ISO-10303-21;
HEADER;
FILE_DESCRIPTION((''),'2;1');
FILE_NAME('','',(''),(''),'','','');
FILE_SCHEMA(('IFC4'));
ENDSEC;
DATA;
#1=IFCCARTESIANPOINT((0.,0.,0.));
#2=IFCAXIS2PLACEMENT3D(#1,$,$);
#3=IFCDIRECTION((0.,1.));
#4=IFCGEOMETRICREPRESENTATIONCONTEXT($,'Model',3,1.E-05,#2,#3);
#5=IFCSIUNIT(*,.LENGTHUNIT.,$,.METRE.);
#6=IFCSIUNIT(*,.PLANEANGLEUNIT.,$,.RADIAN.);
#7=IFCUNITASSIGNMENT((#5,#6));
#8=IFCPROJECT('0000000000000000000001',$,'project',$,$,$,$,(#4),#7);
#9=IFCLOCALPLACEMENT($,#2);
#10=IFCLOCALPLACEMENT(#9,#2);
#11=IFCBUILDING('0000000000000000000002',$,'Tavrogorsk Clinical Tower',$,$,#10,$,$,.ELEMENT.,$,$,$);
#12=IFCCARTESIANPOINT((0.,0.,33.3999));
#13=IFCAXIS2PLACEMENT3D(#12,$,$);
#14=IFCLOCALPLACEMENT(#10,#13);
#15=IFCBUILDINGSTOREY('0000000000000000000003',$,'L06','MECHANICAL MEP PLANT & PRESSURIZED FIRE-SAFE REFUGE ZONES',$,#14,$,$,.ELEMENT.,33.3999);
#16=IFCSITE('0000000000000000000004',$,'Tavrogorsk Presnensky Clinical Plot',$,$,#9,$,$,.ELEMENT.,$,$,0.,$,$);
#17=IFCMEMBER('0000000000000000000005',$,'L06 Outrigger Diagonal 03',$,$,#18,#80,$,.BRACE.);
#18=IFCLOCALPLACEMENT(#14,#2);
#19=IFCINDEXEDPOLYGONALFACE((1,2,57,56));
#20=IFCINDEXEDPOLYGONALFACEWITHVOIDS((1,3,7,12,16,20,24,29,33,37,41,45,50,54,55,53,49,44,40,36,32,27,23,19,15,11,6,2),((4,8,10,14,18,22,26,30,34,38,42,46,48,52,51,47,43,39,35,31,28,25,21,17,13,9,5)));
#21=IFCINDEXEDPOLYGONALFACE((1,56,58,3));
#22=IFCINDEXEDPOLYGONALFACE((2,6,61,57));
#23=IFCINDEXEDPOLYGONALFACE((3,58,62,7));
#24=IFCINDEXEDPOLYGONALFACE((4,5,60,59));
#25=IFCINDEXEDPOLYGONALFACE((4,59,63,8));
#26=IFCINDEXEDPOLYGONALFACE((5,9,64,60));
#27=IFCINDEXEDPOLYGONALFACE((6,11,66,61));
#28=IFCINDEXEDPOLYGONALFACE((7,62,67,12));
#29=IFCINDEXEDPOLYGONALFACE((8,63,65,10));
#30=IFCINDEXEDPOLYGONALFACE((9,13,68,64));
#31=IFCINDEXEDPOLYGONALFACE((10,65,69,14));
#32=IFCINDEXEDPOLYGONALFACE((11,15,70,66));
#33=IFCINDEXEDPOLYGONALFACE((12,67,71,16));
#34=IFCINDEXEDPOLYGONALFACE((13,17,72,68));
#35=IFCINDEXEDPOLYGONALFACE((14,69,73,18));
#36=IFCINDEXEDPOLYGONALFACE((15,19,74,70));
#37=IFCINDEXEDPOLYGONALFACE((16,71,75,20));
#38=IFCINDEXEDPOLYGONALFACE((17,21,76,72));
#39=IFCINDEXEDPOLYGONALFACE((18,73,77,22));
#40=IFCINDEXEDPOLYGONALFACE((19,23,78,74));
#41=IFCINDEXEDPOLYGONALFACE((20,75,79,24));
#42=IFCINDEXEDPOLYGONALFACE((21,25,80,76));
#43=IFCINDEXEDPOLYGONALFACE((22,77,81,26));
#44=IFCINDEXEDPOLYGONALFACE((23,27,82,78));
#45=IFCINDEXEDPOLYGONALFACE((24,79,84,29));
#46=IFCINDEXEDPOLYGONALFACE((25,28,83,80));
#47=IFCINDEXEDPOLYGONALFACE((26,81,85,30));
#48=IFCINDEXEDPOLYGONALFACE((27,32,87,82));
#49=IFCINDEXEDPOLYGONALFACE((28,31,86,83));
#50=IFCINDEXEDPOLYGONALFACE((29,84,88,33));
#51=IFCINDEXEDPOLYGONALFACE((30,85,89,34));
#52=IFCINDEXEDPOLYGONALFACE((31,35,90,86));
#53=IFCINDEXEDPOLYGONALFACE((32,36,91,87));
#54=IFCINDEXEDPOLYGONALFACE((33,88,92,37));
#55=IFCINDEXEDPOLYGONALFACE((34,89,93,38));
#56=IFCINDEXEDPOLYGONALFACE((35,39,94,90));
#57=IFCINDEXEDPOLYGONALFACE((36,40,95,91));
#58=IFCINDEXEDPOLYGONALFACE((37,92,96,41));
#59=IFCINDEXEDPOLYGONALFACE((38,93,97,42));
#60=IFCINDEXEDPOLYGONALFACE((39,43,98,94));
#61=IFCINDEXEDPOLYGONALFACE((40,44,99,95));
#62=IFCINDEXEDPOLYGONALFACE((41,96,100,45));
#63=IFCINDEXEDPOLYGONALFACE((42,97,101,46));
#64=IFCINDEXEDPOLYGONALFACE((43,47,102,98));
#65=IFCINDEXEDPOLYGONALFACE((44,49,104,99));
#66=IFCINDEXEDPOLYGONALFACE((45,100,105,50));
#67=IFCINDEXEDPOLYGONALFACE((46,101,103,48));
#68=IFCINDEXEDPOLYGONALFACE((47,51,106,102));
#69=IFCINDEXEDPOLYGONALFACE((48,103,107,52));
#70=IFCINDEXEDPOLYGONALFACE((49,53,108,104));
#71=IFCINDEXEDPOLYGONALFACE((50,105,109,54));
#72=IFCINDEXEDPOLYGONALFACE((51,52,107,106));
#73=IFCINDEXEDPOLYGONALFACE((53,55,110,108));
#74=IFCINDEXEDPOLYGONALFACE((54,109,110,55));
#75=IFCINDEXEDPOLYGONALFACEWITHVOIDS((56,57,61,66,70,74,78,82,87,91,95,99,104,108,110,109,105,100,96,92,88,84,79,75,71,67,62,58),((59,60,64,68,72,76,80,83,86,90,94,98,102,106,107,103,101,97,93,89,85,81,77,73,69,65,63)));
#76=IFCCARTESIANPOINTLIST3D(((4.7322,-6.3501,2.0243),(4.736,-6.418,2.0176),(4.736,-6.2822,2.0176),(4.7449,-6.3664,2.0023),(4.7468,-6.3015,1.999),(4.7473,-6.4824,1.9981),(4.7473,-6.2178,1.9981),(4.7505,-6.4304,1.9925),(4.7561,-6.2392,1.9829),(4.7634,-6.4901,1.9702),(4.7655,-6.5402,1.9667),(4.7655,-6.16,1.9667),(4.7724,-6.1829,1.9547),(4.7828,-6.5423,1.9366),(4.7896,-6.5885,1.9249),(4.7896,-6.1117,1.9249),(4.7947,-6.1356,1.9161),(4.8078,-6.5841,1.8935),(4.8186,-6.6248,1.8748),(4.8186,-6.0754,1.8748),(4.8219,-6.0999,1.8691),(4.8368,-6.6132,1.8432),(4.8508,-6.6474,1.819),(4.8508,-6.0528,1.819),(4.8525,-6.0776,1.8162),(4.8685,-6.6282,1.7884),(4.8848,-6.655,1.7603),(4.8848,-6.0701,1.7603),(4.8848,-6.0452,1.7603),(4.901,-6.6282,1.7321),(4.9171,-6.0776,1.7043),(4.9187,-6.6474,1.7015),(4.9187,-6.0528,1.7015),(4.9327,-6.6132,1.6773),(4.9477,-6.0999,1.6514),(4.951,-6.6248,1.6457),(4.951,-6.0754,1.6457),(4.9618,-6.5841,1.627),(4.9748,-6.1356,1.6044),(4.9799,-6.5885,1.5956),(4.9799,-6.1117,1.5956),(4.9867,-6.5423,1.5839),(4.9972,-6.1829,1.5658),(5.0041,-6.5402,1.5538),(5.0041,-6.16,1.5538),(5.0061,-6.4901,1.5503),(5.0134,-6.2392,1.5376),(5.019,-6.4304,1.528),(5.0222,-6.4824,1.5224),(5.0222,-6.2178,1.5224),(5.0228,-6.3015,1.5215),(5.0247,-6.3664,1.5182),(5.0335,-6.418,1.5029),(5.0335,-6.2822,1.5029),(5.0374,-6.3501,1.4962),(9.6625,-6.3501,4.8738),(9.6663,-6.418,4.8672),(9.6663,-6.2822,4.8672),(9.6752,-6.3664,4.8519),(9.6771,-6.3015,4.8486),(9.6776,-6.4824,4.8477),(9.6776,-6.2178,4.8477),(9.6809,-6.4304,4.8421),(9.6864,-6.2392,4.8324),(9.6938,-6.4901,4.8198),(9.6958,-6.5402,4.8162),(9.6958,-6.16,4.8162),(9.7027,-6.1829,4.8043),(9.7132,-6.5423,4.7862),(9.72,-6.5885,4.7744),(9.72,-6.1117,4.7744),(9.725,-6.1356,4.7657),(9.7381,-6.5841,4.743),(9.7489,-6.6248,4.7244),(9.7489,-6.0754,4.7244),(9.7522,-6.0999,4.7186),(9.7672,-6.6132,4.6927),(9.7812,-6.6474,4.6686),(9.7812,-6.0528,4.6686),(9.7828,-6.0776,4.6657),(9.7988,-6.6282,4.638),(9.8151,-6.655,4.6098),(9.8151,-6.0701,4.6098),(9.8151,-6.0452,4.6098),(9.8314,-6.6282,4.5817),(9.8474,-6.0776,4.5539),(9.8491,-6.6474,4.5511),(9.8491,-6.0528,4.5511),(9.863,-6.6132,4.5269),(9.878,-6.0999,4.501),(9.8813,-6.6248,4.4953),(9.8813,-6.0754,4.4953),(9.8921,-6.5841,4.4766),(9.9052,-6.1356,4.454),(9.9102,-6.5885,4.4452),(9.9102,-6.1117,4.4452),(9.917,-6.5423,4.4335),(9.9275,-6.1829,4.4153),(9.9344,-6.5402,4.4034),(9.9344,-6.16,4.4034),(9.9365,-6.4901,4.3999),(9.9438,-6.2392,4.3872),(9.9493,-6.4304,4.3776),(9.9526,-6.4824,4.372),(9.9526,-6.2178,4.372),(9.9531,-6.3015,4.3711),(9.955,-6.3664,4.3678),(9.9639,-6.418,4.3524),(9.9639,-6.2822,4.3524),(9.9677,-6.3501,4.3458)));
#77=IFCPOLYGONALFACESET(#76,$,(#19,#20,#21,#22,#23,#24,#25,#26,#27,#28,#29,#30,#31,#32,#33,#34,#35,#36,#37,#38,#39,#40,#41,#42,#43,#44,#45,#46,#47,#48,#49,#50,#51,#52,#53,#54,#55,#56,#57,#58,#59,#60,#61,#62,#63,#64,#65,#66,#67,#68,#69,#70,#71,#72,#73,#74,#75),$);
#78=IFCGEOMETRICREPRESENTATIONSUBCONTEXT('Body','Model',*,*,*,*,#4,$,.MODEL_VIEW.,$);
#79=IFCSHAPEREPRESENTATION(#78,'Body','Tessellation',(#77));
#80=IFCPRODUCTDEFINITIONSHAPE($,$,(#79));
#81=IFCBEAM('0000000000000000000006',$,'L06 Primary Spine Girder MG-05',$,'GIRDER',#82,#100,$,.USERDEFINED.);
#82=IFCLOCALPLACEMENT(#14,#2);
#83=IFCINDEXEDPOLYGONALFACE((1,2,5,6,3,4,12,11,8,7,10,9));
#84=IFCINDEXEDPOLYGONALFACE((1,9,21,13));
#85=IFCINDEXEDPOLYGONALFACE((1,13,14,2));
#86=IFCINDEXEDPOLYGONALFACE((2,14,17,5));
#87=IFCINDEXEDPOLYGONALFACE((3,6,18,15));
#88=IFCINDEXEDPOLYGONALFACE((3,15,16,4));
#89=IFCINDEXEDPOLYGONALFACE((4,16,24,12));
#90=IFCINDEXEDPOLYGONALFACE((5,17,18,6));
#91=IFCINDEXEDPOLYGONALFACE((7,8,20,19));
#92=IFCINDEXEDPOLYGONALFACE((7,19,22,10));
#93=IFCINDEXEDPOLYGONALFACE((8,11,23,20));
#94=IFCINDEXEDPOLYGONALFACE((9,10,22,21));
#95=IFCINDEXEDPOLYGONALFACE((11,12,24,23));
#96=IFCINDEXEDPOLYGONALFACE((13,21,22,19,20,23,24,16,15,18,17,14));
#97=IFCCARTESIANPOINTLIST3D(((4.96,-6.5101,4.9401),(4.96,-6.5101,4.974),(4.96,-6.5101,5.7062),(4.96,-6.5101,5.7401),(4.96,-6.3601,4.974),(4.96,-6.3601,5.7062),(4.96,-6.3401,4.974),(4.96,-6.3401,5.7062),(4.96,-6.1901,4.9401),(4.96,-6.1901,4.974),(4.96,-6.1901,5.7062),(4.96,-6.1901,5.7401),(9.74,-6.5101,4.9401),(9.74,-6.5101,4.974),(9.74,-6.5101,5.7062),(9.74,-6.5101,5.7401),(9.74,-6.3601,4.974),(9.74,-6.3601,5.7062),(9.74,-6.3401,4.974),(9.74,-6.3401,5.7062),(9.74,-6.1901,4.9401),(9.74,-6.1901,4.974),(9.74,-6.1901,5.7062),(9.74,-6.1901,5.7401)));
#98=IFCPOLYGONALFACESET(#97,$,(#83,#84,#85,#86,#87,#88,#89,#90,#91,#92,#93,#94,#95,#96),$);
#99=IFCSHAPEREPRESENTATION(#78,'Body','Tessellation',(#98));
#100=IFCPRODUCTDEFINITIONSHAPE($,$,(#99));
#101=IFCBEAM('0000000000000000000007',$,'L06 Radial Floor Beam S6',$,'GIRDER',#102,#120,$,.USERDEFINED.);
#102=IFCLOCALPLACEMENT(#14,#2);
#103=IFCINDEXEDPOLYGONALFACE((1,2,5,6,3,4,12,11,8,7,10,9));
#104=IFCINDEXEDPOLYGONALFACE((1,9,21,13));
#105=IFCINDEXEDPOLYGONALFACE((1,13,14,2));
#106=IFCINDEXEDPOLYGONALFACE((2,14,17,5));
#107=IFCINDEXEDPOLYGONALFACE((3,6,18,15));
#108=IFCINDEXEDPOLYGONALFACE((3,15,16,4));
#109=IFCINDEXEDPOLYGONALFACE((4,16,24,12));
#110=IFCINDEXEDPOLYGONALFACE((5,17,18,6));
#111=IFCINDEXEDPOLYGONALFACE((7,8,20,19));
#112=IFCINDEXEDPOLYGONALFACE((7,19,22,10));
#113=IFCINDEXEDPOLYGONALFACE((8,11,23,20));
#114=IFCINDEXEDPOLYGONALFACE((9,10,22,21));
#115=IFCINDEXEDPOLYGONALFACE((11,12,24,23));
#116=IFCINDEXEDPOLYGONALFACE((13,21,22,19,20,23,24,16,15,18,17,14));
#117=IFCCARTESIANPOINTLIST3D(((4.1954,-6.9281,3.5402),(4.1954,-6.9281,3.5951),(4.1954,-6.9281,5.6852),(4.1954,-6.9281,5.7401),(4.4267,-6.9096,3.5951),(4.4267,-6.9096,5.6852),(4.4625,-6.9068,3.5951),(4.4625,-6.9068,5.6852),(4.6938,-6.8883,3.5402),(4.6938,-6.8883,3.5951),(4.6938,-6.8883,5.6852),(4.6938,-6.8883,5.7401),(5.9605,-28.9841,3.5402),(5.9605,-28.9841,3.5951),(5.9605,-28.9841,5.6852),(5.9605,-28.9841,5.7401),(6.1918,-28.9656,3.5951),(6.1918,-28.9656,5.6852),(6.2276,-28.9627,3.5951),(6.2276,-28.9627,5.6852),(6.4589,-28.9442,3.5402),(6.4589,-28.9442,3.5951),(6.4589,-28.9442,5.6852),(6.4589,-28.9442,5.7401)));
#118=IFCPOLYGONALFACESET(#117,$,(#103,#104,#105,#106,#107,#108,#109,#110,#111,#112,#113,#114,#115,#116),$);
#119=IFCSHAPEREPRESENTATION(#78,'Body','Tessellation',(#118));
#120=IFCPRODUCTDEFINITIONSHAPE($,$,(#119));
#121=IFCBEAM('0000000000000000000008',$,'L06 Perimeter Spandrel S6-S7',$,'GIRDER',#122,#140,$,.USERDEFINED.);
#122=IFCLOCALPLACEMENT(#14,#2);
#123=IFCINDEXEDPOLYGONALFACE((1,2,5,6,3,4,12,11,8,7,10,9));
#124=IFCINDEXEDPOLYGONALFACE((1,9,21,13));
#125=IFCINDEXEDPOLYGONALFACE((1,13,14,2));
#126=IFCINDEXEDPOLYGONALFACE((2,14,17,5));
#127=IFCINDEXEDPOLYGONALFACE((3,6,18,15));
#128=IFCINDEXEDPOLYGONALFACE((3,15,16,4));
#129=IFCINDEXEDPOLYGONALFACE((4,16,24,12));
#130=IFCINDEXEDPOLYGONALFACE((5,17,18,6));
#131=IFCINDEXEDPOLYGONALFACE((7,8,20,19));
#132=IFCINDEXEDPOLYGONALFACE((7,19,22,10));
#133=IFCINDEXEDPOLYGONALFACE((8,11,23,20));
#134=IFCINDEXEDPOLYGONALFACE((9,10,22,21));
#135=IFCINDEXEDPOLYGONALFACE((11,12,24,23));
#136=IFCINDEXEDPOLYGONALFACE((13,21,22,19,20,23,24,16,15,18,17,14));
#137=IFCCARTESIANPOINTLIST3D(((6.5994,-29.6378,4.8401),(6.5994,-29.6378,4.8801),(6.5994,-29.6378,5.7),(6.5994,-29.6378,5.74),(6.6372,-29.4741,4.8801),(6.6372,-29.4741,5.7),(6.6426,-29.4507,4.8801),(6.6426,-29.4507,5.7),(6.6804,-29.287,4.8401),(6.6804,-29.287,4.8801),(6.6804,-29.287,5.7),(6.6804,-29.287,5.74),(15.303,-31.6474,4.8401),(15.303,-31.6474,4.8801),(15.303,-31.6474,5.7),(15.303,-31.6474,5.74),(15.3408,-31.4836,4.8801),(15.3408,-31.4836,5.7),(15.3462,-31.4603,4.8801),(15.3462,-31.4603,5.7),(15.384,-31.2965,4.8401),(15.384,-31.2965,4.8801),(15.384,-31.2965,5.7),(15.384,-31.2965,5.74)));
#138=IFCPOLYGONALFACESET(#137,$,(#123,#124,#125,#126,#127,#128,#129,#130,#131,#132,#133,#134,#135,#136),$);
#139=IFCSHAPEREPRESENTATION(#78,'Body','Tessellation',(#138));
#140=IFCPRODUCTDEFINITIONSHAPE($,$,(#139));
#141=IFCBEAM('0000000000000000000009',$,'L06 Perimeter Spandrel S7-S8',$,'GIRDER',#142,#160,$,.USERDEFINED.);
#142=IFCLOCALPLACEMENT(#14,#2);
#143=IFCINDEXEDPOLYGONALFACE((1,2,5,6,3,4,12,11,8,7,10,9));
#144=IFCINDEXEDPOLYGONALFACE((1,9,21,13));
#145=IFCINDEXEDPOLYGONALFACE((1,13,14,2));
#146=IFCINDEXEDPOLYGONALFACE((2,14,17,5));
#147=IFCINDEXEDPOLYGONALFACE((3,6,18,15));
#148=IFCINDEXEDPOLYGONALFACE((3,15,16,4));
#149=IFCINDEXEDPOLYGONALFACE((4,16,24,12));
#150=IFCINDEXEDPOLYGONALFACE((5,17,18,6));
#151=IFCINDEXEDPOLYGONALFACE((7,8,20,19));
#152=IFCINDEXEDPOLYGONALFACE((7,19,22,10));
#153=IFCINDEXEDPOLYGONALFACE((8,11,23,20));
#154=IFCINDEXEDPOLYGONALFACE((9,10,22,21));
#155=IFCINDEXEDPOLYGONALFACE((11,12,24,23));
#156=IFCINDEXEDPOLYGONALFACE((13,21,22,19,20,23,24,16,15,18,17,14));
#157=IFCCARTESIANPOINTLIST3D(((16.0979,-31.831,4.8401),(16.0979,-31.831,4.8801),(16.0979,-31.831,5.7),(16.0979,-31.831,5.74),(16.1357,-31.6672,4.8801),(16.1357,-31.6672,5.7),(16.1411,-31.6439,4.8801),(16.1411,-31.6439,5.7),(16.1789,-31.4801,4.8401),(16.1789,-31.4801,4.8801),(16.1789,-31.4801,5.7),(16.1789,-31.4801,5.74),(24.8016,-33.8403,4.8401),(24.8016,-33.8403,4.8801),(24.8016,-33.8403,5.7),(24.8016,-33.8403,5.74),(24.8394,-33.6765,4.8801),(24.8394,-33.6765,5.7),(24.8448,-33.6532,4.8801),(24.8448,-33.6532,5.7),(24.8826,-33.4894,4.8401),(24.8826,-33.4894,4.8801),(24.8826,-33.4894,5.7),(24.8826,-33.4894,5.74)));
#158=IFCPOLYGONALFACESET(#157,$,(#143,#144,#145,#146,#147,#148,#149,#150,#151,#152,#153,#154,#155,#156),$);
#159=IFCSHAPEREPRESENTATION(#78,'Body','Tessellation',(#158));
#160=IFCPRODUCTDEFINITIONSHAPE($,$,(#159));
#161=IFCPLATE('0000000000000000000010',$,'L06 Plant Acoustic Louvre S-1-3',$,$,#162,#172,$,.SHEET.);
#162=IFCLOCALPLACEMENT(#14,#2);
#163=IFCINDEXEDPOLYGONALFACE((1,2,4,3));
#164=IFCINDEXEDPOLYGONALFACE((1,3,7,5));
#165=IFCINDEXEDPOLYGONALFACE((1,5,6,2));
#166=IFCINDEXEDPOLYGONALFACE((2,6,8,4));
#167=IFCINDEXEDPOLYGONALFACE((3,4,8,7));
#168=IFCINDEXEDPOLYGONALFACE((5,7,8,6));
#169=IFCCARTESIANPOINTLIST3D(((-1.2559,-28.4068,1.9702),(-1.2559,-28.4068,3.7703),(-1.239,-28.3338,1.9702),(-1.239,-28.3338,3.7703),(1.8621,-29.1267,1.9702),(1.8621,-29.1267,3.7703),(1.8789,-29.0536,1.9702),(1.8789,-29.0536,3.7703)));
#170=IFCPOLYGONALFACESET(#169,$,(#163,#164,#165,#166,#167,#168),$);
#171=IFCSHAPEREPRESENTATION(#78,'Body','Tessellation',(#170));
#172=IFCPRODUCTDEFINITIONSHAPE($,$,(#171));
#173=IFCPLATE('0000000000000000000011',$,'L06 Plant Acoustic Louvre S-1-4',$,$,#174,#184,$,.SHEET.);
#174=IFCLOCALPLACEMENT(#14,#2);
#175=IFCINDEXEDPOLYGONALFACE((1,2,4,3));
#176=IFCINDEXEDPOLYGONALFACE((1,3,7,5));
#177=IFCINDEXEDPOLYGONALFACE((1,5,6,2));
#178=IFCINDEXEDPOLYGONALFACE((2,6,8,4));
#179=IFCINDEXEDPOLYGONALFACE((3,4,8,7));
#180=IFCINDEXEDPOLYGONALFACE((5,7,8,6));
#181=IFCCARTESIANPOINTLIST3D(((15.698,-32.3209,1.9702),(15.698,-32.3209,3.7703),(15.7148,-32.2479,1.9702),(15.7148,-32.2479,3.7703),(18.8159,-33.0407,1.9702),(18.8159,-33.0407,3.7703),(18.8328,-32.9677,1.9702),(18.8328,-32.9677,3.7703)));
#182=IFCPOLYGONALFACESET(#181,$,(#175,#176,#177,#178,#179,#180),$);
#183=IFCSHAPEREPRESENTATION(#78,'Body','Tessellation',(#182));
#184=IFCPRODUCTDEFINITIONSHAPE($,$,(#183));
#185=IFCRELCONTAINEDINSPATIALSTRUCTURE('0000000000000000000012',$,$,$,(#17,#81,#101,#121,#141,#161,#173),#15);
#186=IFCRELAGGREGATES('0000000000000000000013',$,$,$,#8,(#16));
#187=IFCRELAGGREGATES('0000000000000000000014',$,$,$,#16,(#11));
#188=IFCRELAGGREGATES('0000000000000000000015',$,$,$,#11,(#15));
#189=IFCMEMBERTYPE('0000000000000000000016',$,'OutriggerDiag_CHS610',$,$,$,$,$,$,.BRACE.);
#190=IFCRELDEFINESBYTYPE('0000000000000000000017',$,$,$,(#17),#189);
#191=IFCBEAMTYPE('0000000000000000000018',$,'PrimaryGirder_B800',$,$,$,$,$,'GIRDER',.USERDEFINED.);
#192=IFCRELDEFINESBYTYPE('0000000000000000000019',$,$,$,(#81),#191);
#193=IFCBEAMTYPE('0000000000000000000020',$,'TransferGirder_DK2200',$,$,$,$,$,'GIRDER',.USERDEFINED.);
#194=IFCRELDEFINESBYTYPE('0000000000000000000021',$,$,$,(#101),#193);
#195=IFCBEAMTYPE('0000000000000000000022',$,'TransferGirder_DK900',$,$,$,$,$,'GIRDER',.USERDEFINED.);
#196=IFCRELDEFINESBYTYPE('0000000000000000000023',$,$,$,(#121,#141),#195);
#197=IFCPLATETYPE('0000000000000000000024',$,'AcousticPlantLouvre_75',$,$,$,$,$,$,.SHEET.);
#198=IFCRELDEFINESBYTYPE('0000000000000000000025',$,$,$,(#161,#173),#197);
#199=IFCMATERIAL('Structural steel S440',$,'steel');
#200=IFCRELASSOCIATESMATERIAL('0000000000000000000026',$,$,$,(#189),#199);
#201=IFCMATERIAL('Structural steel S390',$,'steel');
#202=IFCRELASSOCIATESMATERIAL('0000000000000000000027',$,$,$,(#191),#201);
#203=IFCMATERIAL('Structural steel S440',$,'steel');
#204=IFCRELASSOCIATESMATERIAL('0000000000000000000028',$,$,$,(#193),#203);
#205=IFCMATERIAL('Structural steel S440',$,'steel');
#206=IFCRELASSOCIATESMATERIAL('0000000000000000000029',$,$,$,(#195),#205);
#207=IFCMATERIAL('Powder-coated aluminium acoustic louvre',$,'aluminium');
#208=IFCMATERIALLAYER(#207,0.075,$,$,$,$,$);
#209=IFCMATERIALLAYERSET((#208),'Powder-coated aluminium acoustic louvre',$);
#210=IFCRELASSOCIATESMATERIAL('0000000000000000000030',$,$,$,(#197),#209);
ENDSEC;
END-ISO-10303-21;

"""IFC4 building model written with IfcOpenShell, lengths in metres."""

from ifc_helpers import new_model, si_unit, direction, frame, origin, origin_2d, place, context, subcontext, project, spatial, rectangle, hollow_circle, i_section, extrude, material, layer, layer_set, material_profile, profile_set, type_object, element, save


model = new_model("IFC4")

# Units and contexts
model_context = context("Model", 3, precision=1e-05, world=origin(), true_north=direction((0.0, 1.0)))
body_context = subcontext(model_context, "Body", "Model", "MODEL_VIEW")
ifc_project = project(units=[si_unit("LENGTHUNIT", "METRE"), si_unit("PLANEANGLEUNIT", "RADIAN")], contexts=[model_context])

# Site, building, storey
site_placement = place(None, origin())
site = spatial("IfcSite", under=ifc_project, at=site_placement, Name="Tavrogorsk Presnensky Clinical Plot", CompositionType="ELEMENT", RefElevation=0.0)
building_placement = place(site_placement, origin())
building = spatial("IfcBuilding", under=site, at=building_placement, Name="Tavrogorsk Clinical Tower", CompositionType="ELEMENT")
storey_placement = place(building_placement, frame((0.0, 0.0, 33.3999)))
storey = spatial("IfcBuildingStorey", under=building, at=storey_placement, Name="L06", Description="MECHANICAL MEP PLANT & PRESSURIZED FIRE-SAFE REFUGE ZONES", CompositionType="ELEMENT", Elevation=33.3999)

# Member
ifc_material_1 = material(Name="Structural steel S440", Category="steel")
ifc_material_profile_1 = material_profile(ifc_material_1, hollow_circle(Radius=0.3049, WallThickness=0.0249, at=origin_2d()), Name="CHS-610x25")
ifc_profile_set_1 = profile_set([ifc_material_profile_1], Name="Structural steel S440")
member_type_1 = type_object("IfcMemberType", Name="OutriggerDiag_CHS610", PredefinedType="BRACE", material=ifc_profile_set_1)
member_1_placement = place(storey_placement, frame((4.8848, -6.3501, 1.7603), z_axis=(0.865795, 0.0, 0.500399), x_axis=(0.0, 1.0, 0.0)))
element("IfcMember", 1, at=member_1_placement, inside=storey, type_object=member_type_1, Name="L06 Outrigger Diagonal 03", PredefinedType="BRACE", context=body_context, shape_type="SweptSolid", body=[
    extrude(hollow_circle(Radius=0.3049, WallThickness=0.0249, at=origin_2d()), origin(), (0.0, 0.0, 1.0), 5.6946),
])

# Beams
ifc_material_2 = material(Name="Structural steel S390", Category="steel")
ifc_material_profile_2 = material_profile(ifc_material_2, i_section(OverallWidth=0.3201, OverallDepth=0.8, WebThickness=0.02, FlangeThickness=0.0339, at=origin_2d()), Name="B-800x320x20x34")
ifc_profile_set_2 = profile_set([ifc_material_profile_2], Name="Structural steel S390")
beam_type_1 = type_object("IfcBeamType", Name="PrimaryGirder_B800", ElementType="GIRDER", PredefinedType="USERDEFINED", material=ifc_profile_set_2)
beam_1_placement = place(storey_placement, frame((4.96, -6.3501, 5.3401), z_axis=(1.0, 0.0, 0.0), x_axis=(0.0, 1.0, 0.0)))
element("IfcBeam", 2, at=beam_1_placement, inside=storey, type_object=beam_type_1, Name="L06 Primary Spine Girder MG-05", ObjectType="GIRDER", PredefinedType="USERDEFINED", context=body_context, shape_type="SweptSolid", body=[
    extrude(i_section(OverallWidth=0.3201, OverallDepth=0.8, WebThickness=0.02, FlangeThickness=0.0339, at=origin_2d()), origin(), (0.0, 0.0, 1.0), 4.78),
])
ifc_material_3 = material(Name="Structural steel S440", Category="steel")
ifc_material_profile_3 = material_profile(ifc_material_3, i_section(OverallWidth=0.5, OverallDepth=2.2, WebThickness=0.0359, FlangeThickness=0.0549, at=origin_2d()), Name="DK-2200x500x36x55")
ifc_profile_set_3 = profile_set([ifc_material_profile_3], Name="Structural steel S440")
beam_type_2 = type_object("IfcBeamType", Name="TransferGirder_DK2200", ElementType="GIRDER", PredefinedType="USERDEFINED", material=ifc_profile_set_3)
beam_2_placement = place(storey_placement, frame((4.4446, -6.9082, 4.6401), z_axis=(0.079775, -0.996813, 0.0), x_axis=(0.996813, 0.079775, 0.0)))
element("IfcBeam", 3, at=beam_2_placement, inside=storey, type_object=beam_type_2, Name="L06 Radial Floor Beam S6", ObjectType="GIRDER", PredefinedType="USERDEFINED", context=body_context, shape_type="SweptSolid", body=[
    extrude(i_section(OverallWidth=0.5, OverallDepth=2.2, WebThickness=0.0359, FlangeThickness=0.0549, at=origin_2d()), origin(), (0.0, 0.0, 1.0), 22.1265),
])
ifc_material_4 = material(Name="Structural steel S440", Category="steel")
ifc_material_profile_4 = material_profile(ifc_material_4, i_section(OverallWidth=0.3601, OverallDepth=0.8999, WebThickness=0.0239, FlangeThickness=0.04, at=origin_2d()), Name="DK-900x360x24x40")
ifc_profile_set_4 = profile_set([ifc_material_profile_4], Name="Structural steel S440")
beam_type_3 = type_object("IfcBeamType", Name="TransferGirder_DK900", ElementType="GIRDER", PredefinedType="USERDEFINED", material=ifc_profile_set_4)
for number, where, z_axis, x_axis, name in (
    (4, (6.6399, -29.4624, 5.29), (0.974367, -0.224965, 0.0), (0.224965, 0.974367, 0.0), "L06 Perimeter Spandrel S6-S7"),
    (5, (16.1384, -31.6555, 5.29), (0.974373, -0.224939, 0.0), (0.224939, 0.974373, 0.0), "L06 Perimeter Spandrel S7-S8"),
):
    element("IfcBeam", number, at=place(storey_placement, frame(where, z_axis=z_axis, x_axis=x_axis)), inside=storey, type_object=beam_type_3, Name=name, ObjectType="GIRDER", PredefinedType="USERDEFINED", context=body_context, shape_type="SweptSolid", body=[
        extrude(i_section(OverallWidth=0.3601, OverallDepth=0.8999, WebThickness=0.0239, FlangeThickness=0.04, at=origin_2d()), origin(), (0.0, 0.0, 1.0), 8.9326),
    ])

# Plates
ifc_material_5 = material(Name="Powder-coated aluminium acoustic louvre", Category="aluminium")
ifc_layer_1 = layer(ifc_material_5, 0.075)
ifc_layer_set_1 = layer_set([ifc_layer_1], Name="Powder-coated aluminium acoustic louvre")
plate_type = type_object("IfcPlateType", Name="AcousticPlantLouvre_75", PredefinedType="SHEET", material=ifc_layer_set_1)
for number, where, z_axis, x_axis, name in (
    (6, (0.3115, -28.7302, 1.9702), (0.0, 0.0, 1.0), (0.97437, -0.224951, 0.0), "L06 Plant Acoustic Louvre S-1-3"),
    (7, (17.2654, -32.6443, 1.9702), (0.0, 0.0, 1.0), (0.97437, -0.224951, 0.0), "L06 Plant Acoustic Louvre S-1-4"),
):
    element("IfcPlate", number, at=place(storey_placement, frame(where, z_axis=z_axis, x_axis=x_axis)), inside=storey, type_object=plate_type, Name=name, PredefinedType="SHEET", context=body_context, shape_type="SweptSolid", body=[
        extrude(rectangle(XDim=3.2, YDim=0.075, at=origin_2d()), origin(), (0.0, 0.0, 1.0), 1.8),
    ])

save(model, "model.ifc")
